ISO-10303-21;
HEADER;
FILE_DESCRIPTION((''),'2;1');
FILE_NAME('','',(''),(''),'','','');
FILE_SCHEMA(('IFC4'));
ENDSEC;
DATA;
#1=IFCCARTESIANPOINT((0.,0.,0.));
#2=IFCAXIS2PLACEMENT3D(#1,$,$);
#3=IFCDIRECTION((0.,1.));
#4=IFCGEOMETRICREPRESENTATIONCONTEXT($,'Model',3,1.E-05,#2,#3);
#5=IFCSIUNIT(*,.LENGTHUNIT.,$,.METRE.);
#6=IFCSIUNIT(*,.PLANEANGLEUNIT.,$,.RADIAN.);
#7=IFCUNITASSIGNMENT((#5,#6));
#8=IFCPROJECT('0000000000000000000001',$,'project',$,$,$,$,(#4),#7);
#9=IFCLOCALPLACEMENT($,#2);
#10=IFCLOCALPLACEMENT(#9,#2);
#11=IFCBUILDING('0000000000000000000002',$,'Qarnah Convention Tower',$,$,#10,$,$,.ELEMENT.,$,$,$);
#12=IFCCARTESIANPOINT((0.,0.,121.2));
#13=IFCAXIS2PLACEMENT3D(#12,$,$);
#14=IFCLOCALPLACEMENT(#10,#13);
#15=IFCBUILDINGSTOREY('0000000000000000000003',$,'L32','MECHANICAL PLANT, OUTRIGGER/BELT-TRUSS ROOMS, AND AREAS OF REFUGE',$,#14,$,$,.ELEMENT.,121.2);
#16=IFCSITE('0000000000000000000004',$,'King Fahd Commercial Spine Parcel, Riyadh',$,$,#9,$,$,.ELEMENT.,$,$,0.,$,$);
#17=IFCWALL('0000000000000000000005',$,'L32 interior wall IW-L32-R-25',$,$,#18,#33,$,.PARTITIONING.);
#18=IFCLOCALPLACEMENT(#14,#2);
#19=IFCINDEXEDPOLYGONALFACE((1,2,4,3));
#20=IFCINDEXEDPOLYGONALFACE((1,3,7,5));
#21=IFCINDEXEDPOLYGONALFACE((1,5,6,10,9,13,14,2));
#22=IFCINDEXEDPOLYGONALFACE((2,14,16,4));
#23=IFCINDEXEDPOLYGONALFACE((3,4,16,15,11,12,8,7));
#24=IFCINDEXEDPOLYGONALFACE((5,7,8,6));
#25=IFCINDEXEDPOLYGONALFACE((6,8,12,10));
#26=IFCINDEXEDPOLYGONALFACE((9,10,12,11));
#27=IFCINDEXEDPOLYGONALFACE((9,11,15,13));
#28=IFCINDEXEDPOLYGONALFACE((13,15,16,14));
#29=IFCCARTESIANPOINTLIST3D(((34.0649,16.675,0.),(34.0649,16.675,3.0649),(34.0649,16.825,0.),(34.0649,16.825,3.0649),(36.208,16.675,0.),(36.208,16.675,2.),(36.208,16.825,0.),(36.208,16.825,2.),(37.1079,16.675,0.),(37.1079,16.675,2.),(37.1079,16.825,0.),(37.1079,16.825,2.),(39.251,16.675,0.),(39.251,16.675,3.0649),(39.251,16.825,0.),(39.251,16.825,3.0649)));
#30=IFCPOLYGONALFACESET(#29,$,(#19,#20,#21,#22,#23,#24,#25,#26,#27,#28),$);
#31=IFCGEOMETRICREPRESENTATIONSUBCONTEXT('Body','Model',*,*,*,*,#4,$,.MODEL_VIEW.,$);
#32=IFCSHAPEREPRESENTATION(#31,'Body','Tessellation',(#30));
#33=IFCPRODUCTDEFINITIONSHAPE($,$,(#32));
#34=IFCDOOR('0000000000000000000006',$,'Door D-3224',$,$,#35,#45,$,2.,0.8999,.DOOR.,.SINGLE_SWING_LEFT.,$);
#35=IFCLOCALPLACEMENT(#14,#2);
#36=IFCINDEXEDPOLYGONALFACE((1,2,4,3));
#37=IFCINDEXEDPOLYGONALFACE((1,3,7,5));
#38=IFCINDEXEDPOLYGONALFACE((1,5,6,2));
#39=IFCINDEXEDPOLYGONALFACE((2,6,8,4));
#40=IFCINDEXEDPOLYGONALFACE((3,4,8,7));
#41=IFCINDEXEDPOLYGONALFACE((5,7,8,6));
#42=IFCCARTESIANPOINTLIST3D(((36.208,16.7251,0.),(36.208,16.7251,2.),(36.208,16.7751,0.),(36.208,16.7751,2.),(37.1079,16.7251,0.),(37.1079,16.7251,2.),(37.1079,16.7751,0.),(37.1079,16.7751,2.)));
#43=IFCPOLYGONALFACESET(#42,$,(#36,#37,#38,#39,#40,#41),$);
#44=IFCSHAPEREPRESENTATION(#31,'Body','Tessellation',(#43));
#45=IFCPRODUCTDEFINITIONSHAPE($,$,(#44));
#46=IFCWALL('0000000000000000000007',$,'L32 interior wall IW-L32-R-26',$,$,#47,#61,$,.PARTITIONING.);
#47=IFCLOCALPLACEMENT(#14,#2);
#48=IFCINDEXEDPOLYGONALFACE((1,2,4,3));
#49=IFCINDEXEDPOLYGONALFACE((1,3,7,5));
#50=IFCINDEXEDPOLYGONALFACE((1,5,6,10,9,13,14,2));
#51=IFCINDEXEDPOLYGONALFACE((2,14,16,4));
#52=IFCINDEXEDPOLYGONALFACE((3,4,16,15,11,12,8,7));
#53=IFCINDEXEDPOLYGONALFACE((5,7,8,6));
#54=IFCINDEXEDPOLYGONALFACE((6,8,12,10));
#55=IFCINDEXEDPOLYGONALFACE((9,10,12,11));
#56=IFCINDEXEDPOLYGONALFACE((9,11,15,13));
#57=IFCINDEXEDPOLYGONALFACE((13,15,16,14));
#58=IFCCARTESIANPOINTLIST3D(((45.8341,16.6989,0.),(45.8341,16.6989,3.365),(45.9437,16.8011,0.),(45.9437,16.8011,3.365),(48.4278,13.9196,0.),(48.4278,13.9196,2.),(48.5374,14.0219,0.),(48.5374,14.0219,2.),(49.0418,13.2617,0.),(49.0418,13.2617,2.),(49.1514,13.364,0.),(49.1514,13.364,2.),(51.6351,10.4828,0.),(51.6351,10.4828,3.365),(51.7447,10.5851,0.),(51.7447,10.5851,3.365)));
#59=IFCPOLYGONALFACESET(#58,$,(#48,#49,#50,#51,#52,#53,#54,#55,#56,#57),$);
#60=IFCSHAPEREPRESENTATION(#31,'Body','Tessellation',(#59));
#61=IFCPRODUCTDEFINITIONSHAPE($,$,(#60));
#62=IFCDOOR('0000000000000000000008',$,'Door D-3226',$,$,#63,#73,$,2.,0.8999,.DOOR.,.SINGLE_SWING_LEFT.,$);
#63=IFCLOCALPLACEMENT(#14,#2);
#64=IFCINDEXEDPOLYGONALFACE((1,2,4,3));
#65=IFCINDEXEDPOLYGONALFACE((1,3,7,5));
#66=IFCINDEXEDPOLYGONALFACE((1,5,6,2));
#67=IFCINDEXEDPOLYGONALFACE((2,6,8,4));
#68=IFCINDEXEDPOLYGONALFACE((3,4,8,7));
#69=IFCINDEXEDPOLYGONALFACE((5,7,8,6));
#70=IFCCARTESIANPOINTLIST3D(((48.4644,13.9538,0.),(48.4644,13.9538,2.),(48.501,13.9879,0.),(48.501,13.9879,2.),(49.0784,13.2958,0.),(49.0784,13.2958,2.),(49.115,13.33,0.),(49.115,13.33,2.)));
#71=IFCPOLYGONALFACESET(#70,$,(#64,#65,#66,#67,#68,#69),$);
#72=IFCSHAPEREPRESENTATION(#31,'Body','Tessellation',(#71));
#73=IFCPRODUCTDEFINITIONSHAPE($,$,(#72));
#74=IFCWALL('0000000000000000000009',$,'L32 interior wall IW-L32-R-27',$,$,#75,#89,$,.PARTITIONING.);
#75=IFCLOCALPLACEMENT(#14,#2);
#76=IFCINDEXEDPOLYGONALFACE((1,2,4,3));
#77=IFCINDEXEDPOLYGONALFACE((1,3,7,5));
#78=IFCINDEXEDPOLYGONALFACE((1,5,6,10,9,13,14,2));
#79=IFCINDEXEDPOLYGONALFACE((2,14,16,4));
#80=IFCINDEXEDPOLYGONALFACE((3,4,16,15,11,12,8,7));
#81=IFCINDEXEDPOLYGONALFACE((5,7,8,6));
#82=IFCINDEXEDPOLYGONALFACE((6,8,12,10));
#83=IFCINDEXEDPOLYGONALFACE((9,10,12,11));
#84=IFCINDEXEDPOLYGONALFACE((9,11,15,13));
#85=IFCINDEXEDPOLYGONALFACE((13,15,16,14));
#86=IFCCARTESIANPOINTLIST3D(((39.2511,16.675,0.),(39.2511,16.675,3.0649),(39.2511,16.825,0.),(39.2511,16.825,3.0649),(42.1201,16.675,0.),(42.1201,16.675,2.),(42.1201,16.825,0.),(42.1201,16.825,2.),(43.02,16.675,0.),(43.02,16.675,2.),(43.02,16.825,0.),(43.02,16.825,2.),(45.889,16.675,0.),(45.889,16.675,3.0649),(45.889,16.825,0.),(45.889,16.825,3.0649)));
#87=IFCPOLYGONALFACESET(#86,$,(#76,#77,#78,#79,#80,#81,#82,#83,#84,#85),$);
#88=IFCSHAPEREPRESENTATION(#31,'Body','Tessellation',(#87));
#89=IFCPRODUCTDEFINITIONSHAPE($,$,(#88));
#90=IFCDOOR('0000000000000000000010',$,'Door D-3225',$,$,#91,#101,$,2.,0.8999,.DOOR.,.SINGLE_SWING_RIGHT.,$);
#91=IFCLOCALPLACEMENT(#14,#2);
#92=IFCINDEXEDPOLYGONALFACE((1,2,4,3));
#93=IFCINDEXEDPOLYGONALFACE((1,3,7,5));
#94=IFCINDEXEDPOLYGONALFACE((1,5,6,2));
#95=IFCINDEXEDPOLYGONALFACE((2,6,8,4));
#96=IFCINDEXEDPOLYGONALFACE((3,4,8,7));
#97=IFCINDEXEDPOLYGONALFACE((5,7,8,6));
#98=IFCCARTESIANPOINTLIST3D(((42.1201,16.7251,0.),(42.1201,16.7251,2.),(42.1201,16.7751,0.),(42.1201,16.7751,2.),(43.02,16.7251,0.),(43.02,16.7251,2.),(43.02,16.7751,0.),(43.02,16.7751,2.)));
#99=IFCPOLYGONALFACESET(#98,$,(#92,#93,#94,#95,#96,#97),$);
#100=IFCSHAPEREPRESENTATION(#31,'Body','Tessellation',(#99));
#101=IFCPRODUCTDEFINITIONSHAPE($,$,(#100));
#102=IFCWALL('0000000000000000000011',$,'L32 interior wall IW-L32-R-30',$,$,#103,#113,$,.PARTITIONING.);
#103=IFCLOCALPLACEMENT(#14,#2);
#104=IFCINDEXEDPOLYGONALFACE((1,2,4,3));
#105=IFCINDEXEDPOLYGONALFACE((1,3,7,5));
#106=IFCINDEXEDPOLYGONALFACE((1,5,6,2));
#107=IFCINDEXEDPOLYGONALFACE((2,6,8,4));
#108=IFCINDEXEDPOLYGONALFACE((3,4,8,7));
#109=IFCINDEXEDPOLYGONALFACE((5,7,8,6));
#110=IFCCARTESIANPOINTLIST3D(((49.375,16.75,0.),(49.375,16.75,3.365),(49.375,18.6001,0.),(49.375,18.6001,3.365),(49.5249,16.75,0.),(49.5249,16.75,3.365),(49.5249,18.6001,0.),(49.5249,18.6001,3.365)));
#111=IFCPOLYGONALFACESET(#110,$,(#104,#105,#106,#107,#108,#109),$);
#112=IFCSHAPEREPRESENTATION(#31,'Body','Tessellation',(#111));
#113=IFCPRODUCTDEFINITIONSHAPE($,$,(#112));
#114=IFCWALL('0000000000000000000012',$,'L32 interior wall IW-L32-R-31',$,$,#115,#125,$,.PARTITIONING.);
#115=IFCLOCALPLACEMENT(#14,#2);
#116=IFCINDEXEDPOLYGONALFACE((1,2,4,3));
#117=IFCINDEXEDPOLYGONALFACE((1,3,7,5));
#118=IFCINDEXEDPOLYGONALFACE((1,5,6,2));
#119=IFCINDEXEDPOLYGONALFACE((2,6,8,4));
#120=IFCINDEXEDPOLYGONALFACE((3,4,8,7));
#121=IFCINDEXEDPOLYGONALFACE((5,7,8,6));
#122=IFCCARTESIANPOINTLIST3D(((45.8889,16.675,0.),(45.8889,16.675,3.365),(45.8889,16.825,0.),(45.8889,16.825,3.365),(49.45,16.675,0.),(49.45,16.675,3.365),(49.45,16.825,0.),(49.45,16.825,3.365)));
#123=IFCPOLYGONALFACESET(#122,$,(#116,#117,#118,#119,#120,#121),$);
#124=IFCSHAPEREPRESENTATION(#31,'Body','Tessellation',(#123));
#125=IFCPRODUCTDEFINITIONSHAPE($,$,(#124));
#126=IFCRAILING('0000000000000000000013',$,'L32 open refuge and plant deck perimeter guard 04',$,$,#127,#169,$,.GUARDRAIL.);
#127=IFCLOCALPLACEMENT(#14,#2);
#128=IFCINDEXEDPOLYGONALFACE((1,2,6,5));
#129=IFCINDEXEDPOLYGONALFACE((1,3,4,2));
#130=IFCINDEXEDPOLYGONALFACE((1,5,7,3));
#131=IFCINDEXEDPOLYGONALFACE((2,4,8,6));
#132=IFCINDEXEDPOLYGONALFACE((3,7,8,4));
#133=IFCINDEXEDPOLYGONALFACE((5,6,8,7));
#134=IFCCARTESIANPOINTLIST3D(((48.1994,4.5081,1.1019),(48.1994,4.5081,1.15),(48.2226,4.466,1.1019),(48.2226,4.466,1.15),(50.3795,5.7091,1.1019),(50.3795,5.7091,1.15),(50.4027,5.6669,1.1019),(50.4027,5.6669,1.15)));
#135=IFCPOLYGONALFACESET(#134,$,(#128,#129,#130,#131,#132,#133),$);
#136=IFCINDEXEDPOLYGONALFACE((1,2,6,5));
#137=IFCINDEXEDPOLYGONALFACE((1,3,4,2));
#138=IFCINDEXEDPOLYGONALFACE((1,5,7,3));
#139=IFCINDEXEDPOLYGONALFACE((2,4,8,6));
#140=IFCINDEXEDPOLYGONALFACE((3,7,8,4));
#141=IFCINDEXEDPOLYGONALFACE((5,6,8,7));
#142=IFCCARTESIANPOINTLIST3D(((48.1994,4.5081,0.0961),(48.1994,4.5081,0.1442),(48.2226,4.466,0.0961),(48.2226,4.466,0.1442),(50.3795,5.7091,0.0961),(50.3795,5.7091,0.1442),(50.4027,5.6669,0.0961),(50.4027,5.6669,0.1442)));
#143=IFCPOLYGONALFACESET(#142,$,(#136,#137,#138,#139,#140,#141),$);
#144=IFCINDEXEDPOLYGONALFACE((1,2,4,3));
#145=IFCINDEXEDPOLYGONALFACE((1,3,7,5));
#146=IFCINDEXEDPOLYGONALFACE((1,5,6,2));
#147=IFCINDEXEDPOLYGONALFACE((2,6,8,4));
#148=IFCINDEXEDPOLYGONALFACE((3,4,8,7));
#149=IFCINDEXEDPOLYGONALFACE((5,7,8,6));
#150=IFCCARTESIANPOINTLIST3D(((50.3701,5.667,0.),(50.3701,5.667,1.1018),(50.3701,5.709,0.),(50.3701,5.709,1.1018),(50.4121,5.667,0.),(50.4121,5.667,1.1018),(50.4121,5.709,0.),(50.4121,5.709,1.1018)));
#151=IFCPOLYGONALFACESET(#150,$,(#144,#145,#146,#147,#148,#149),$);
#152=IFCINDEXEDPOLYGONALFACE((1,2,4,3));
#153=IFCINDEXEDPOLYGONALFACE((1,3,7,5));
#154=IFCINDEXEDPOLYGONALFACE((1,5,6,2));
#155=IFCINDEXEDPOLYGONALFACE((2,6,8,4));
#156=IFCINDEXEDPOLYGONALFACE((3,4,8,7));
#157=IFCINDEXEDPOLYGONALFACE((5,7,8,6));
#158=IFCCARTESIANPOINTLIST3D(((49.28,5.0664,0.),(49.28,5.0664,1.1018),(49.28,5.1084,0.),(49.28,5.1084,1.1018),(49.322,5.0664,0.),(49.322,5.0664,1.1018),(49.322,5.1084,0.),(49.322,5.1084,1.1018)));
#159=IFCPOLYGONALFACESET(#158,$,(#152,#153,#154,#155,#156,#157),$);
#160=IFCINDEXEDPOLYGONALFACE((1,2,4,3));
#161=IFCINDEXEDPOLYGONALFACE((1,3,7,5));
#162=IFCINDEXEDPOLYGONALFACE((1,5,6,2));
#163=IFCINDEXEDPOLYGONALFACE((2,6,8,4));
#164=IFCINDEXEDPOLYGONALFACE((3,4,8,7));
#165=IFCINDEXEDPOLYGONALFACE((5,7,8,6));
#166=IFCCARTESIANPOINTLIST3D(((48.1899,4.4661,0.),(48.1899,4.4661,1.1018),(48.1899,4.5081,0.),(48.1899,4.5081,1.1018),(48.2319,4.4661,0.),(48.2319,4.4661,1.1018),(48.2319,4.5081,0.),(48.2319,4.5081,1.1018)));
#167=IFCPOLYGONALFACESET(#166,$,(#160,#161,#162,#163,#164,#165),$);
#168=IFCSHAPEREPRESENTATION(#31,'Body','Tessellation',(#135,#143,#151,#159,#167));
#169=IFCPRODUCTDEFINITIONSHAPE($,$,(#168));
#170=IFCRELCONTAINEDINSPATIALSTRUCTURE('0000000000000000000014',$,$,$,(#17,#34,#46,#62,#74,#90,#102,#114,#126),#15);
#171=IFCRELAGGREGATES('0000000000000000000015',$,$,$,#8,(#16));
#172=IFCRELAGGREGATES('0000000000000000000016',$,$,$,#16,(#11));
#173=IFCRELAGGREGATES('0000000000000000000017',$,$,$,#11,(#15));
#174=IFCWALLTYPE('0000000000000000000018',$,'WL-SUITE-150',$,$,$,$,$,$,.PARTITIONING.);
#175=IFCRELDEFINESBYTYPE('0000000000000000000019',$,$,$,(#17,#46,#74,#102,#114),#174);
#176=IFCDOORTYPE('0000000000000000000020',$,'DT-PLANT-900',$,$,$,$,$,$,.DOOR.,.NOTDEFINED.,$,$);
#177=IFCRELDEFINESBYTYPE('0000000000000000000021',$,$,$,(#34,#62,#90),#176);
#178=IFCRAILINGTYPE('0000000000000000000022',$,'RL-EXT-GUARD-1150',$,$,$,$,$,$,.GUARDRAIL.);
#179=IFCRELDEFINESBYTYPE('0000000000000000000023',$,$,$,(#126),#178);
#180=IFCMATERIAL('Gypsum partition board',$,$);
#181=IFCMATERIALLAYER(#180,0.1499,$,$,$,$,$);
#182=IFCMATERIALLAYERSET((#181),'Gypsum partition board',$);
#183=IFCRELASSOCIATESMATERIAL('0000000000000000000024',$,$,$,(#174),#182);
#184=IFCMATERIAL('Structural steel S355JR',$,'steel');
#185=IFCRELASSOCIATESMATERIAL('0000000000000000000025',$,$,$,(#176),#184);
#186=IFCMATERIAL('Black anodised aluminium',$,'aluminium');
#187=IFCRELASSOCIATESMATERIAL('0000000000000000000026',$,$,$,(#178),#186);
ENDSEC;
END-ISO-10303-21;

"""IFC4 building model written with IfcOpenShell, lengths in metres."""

from ifc_helpers import new_model, si_unit, direction, frame, frame_2d, origin, origin_2d, place, context, subcontext, project, spatial, rectangle, extrude, material, layer, layer_set, type_object, element, fill, save


model = new_model("IFC4")

# Units and contexts
model_context = context("Model", 3, precision=1e-05, world=origin(), true_north=direction((0.0, 1.0)))
body_context = subcontext(model_context, "Body", "Model", "MODEL_VIEW")
ifc_project = project(units=[si_unit("LENGTHUNIT", "METRE"), si_unit("PLANEANGLEUNIT", "RADIAN")], contexts=[model_context])

# Site, building, storey
site_placement = place(None, origin())
site = spatial("IfcSite", under=ifc_project, at=site_placement, Name="King Fahd Commercial Spine Parcel, Riyadh", CompositionType="ELEMENT", RefElevation=0.0)
building_placement = place(site_placement, origin())
building = spatial("IfcBuilding", under=site, at=building_placement, Name="Qarnah Convention Tower", CompositionType="ELEMENT")
storey_placement = place(building_placement, frame((0.0, 0.0, 121.2)))
storey = spatial("IfcBuildingStorey", under=building, at=storey_placement, Name="L32", Description="MECHANICAL PLANT, OUTRIGGER/BELT-TRUSS ROOMS, AND AREAS OF REFUGE", CompositionType="ELEMENT", Elevation=121.2)

# Shared definitions
ifc_material_1 = material(Name="Structural steel S355JR", Category="steel")

# Shared definitions
ifc_material_2 = material(Name="Gypsum partition board")
ifc_layer_1 = layer(ifc_material_2, 0.1499)
ifc_layer_set_1 = layer_set([ifc_layer_1], Name="Gypsum partition board")
wall_type_1 = type_object("IfcWallType", Name="WL-SUITE-150", PredefinedType="PARTITIONING", material=ifc_layer_set_1)

# Walls, openings, doors
wall_1_placement = place(storey_placement, frame((39.251, 16.75, 0.0), z_axis=(0.0, 0.0, 1.0), x_axis=(-1.0, 0.0, 0.0)))
wall_1 = element("IfcWall", 1, at=wall_1_placement, inside=storey, type_object=wall_type_1, Name="L32 interior wall IW-L32-R-25", PredefinedType="PARTITIONING", context=body_context, shape_type="SweptSolid", body=[
    extrude(rectangle(XDim=5.186, YDim=0.1499, at=frame_2d((2.593, 0.0))), origin(), (0.0, 0.0, 1.0), 3.0649),
])
opening_1_placement = place(wall_1_placement, frame((2.1431, 0.0, 0.0)))
opening_1 = element("IfcOpeningElement", 2, at=opening_1_placement, cuts=wall_1, PredefinedType="OPENING", context=body_context, shape_type="SweptSolid", body=[
    extrude(rectangle(XDim=0.8999, YDim=2.0, at=frame_2d((0.45, 1.0))), frame((0.0, 0.085, 0.0), z_axis=(0.0, -1.0, 0.0), x_axis=(1.0, 0.0, 0.0)), (0.0, 0.0, 1.0), 0.1699),
])
door_type_1 = type_object("IfcDoorType", Name="DT-PLANT-900", OperationType="NOTDEFINED", PredefinedType="DOOR", material=ifc_material_1)
door_1_placement = place(opening_1_placement, origin())
door_1 = element("IfcDoor", 3, at=door_1_placement, inside=storey, type_object=door_type_1, Name="Door D-3224", OperationType="SINGLE_SWING_LEFT", OverallHeight=2.0, OverallWidth=0.8999, PredefinedType="DOOR", context=body_context, shape_type="SweptSolid", body=[
    extrude(rectangle(XDim=0.8999, YDim=2.0, at=frame_2d((0.45, 1.0))), frame((0.0, 0.0249, 0.0), z_axis=(0.0, -1.0, 0.0), x_axis=(1.0, 0.0, 0.0)), (0.0, 0.0, 1.0), 0.05),
])
fill(opening_1, door_1)
wall_2_placement = place(storey_placement, frame((51.6899, 10.5339, 0.0), z_axis=(0.0, 0.0, 1.0), x_axis=(-0.682278, 0.731093, 0.0)))
wall_2 = element("IfcWall", 4, at=wall_2_placement, inside=storey, type_object=wall_type_1, Name="L32 interior wall IW-L32-R-26", PredefinedType="PARTITIONING", context=body_context, shape_type="SweptSolid", body=[
    extrude(rectangle(XDim=8.5024, YDim=0.1499, at=frame_2d((4.2512, 0.0))), origin(), (0.0, 0.0, 1.0), 3.365),
])
opening_2_placement = place(wall_2_placement, frame((3.801, 0.0, 0.0)))
opening_2 = element("IfcOpeningElement", 5, at=opening_2_placement, cuts=wall_2, PredefinedType="OPENING", context=body_context, shape_type="SweptSolid", body=[
    extrude(rectangle(XDim=0.8999, YDim=2.0, at=frame_2d((0.45, 1.0))), frame((0.0, 0.085, 0.0), z_axis=(0.0, -1.0, 0.0), x_axis=(1.0, 0.0, 0.0)), (0.0, 0.0, 1.0), 0.1699),
])
door_2_placement = place(opening_2_placement, origin())
door_2 = element("IfcDoor", 6, at=door_2_placement, inside=storey, type_object=door_type_1, Name="Door D-3226", OperationType="SINGLE_SWING_LEFT", OverallHeight=2.0, OverallWidth=0.8999, PredefinedType="DOOR", context=body_context, shape_type="SweptSolid", body=[
    extrude(rectangle(XDim=0.8999, YDim=2.0, at=frame_2d((0.45, 1.0))), frame((0.0, 0.0249, 0.0), z_axis=(0.0, -1.0, 0.0), x_axis=(1.0, 0.0, 0.0)), (0.0, 0.0, 1.0), 0.05),
])
fill(opening_2, door_2)
wall_3_placement = place(storey_placement, frame((45.8889, 16.75, 0.0), z_axis=(0.0, 0.0, 1.0), x_axis=(-1.0, 0.0, 0.0)))
wall_3 = element("IfcWall", 7, at=wall_3_placement, inside=storey, type_object=wall_type_1, Name="L32 interior wall IW-L32-R-27", PredefinedType="PARTITIONING", context=body_context, shape_type="SweptSolid", body=[
    extrude(rectangle(XDim=6.6379, YDim=0.1499, at=frame_2d((3.3188, 0.0))), origin(), (0.0, 0.0, 1.0), 3.0649),
])
opening_3_placement = place(wall_3_placement, frame((2.8689, 0.0, 0.0)))
opening_3 = element("IfcOpeningElement", 8, at=opening_3_placement, cuts=wall_3, PredefinedType="OPENING", context=body_context, shape_type="SweptSolid", body=[
    extrude(rectangle(XDim=0.8999, YDim=2.0, at=frame_2d((0.45, 1.0))), frame((0.0, 0.085, 0.0), z_axis=(0.0, -1.0, 0.0), x_axis=(1.0, 0.0, 0.0)), (0.0, 0.0, 1.0), 0.1699),
])
door_3_placement = place(opening_3_placement, origin())
door_3 = element("IfcDoor", 9, at=door_3_placement, inside=storey, type_object=door_type_1, Name="Door D-3225", OperationType="SINGLE_SWING_RIGHT", OverallHeight=2.0, OverallWidth=0.8999, PredefinedType="DOOR", context=body_context, shape_type="SweptSolid", body=[
    extrude(rectangle(XDim=0.8999, YDim=2.0, at=frame_2d((0.45, 1.0))), frame((0.0, 0.0249, 0.0), z_axis=(0.0, -1.0, 0.0), x_axis=(1.0, 0.0, 0.0)), (0.0, 0.0, 1.0), 0.05),
])
fill(opening_3, door_3)

# Walls
wall_4_placement = place(storey_placement, frame((49.45, 18.6001, 0.0), z_axis=(0.0, 0.0, 1.0), x_axis=(0.0, -1.0, 0.0)))
element("IfcWall", 10, at=wall_4_placement, inside=storey, type_object=wall_type_1, Name="L32 interior wall IW-L32-R-30", PredefinedType="PARTITIONING", context=body_context, shape_type="SweptSolid", body=[
    extrude(rectangle(XDim=1.8501, YDim=0.1499, at=frame_2d((0.925, 0.0))), origin(), (0.0, 0.0, 1.0), 3.365),
])
wall_5_placement = place(storey_placement, frame((49.45, 16.75, 0.0), z_axis=(0.0, 0.0, 1.0), x_axis=(-1.0, 0.0, 0.0)))
element("IfcWall", 11, at=wall_5_placement, inside=storey, type_object=wall_type_1, Name="L32 interior wall IW-L32-R-31", PredefinedType="PARTITIONING", context=body_context, shape_type="SweptSolid", body=[
    extrude(rectangle(XDim=3.561, YDim=0.1499, at=frame_2d((1.7805, 0.0))), origin(), (0.0, 0.0, 1.0), 3.365),
])

# Railing
ifc_material_3 = material(Name="Black anodised aluminium", Category="aluminium")
railing_type = type_object("IfcRailingType", Name="RL-EXT-GUARD-1150", PredefinedType="GUARDRAIL", material=ifc_material_3)
railing_1_placement = place(storey_placement, frame((50.3911, 5.688, 0.0)))
element("IfcRailing", 12, at=railing_1_placement, inside=storey, type_object=railing_type, Name="L32 open refuge and plant deck perimeter guard 04", PredefinedType="GUARDRAIL", context=body_context, shape_type="SweptSolid", body=[
    extrude(rectangle(XDim=0.0481, YDim=0.0481, at=origin_2d()), frame((0.0, 0.0, 1.126), z_axis=(-0.875905, -0.482483, 0.0), x_axis=(0.482483, -0.875905, 0.0)), (0.0, 0.0, 1.0), 2.489),
    extrude(rectangle(XDim=0.0481, YDim=0.0481, at=origin_2d()), frame((0.0, 0.0, 0.1201), z_axis=(-0.875905, -0.482483, 0.0), x_axis=(0.482483, -0.875905, 0.0)), (0.0, 0.0, 1.0), 2.489),
    extrude(rectangle(XDim=0.042, YDim=0.042, at=origin_2d()), origin(), (0.0, 0.0, 1.0), 1.1018),
    extrude(rectangle(XDim=0.042, YDim=0.042, at=origin_2d()), frame((-1.0901, -0.6006, 0.0)), (0.0, 0.0, 1.0), 1.1018),
    extrude(rectangle(XDim=0.042, YDim=0.042, at=origin_2d()), frame((-2.1802, -1.2009, 0.0)), (0.0, 0.0, 1.0), 1.1018),
])

save(model, "model.ifc")
